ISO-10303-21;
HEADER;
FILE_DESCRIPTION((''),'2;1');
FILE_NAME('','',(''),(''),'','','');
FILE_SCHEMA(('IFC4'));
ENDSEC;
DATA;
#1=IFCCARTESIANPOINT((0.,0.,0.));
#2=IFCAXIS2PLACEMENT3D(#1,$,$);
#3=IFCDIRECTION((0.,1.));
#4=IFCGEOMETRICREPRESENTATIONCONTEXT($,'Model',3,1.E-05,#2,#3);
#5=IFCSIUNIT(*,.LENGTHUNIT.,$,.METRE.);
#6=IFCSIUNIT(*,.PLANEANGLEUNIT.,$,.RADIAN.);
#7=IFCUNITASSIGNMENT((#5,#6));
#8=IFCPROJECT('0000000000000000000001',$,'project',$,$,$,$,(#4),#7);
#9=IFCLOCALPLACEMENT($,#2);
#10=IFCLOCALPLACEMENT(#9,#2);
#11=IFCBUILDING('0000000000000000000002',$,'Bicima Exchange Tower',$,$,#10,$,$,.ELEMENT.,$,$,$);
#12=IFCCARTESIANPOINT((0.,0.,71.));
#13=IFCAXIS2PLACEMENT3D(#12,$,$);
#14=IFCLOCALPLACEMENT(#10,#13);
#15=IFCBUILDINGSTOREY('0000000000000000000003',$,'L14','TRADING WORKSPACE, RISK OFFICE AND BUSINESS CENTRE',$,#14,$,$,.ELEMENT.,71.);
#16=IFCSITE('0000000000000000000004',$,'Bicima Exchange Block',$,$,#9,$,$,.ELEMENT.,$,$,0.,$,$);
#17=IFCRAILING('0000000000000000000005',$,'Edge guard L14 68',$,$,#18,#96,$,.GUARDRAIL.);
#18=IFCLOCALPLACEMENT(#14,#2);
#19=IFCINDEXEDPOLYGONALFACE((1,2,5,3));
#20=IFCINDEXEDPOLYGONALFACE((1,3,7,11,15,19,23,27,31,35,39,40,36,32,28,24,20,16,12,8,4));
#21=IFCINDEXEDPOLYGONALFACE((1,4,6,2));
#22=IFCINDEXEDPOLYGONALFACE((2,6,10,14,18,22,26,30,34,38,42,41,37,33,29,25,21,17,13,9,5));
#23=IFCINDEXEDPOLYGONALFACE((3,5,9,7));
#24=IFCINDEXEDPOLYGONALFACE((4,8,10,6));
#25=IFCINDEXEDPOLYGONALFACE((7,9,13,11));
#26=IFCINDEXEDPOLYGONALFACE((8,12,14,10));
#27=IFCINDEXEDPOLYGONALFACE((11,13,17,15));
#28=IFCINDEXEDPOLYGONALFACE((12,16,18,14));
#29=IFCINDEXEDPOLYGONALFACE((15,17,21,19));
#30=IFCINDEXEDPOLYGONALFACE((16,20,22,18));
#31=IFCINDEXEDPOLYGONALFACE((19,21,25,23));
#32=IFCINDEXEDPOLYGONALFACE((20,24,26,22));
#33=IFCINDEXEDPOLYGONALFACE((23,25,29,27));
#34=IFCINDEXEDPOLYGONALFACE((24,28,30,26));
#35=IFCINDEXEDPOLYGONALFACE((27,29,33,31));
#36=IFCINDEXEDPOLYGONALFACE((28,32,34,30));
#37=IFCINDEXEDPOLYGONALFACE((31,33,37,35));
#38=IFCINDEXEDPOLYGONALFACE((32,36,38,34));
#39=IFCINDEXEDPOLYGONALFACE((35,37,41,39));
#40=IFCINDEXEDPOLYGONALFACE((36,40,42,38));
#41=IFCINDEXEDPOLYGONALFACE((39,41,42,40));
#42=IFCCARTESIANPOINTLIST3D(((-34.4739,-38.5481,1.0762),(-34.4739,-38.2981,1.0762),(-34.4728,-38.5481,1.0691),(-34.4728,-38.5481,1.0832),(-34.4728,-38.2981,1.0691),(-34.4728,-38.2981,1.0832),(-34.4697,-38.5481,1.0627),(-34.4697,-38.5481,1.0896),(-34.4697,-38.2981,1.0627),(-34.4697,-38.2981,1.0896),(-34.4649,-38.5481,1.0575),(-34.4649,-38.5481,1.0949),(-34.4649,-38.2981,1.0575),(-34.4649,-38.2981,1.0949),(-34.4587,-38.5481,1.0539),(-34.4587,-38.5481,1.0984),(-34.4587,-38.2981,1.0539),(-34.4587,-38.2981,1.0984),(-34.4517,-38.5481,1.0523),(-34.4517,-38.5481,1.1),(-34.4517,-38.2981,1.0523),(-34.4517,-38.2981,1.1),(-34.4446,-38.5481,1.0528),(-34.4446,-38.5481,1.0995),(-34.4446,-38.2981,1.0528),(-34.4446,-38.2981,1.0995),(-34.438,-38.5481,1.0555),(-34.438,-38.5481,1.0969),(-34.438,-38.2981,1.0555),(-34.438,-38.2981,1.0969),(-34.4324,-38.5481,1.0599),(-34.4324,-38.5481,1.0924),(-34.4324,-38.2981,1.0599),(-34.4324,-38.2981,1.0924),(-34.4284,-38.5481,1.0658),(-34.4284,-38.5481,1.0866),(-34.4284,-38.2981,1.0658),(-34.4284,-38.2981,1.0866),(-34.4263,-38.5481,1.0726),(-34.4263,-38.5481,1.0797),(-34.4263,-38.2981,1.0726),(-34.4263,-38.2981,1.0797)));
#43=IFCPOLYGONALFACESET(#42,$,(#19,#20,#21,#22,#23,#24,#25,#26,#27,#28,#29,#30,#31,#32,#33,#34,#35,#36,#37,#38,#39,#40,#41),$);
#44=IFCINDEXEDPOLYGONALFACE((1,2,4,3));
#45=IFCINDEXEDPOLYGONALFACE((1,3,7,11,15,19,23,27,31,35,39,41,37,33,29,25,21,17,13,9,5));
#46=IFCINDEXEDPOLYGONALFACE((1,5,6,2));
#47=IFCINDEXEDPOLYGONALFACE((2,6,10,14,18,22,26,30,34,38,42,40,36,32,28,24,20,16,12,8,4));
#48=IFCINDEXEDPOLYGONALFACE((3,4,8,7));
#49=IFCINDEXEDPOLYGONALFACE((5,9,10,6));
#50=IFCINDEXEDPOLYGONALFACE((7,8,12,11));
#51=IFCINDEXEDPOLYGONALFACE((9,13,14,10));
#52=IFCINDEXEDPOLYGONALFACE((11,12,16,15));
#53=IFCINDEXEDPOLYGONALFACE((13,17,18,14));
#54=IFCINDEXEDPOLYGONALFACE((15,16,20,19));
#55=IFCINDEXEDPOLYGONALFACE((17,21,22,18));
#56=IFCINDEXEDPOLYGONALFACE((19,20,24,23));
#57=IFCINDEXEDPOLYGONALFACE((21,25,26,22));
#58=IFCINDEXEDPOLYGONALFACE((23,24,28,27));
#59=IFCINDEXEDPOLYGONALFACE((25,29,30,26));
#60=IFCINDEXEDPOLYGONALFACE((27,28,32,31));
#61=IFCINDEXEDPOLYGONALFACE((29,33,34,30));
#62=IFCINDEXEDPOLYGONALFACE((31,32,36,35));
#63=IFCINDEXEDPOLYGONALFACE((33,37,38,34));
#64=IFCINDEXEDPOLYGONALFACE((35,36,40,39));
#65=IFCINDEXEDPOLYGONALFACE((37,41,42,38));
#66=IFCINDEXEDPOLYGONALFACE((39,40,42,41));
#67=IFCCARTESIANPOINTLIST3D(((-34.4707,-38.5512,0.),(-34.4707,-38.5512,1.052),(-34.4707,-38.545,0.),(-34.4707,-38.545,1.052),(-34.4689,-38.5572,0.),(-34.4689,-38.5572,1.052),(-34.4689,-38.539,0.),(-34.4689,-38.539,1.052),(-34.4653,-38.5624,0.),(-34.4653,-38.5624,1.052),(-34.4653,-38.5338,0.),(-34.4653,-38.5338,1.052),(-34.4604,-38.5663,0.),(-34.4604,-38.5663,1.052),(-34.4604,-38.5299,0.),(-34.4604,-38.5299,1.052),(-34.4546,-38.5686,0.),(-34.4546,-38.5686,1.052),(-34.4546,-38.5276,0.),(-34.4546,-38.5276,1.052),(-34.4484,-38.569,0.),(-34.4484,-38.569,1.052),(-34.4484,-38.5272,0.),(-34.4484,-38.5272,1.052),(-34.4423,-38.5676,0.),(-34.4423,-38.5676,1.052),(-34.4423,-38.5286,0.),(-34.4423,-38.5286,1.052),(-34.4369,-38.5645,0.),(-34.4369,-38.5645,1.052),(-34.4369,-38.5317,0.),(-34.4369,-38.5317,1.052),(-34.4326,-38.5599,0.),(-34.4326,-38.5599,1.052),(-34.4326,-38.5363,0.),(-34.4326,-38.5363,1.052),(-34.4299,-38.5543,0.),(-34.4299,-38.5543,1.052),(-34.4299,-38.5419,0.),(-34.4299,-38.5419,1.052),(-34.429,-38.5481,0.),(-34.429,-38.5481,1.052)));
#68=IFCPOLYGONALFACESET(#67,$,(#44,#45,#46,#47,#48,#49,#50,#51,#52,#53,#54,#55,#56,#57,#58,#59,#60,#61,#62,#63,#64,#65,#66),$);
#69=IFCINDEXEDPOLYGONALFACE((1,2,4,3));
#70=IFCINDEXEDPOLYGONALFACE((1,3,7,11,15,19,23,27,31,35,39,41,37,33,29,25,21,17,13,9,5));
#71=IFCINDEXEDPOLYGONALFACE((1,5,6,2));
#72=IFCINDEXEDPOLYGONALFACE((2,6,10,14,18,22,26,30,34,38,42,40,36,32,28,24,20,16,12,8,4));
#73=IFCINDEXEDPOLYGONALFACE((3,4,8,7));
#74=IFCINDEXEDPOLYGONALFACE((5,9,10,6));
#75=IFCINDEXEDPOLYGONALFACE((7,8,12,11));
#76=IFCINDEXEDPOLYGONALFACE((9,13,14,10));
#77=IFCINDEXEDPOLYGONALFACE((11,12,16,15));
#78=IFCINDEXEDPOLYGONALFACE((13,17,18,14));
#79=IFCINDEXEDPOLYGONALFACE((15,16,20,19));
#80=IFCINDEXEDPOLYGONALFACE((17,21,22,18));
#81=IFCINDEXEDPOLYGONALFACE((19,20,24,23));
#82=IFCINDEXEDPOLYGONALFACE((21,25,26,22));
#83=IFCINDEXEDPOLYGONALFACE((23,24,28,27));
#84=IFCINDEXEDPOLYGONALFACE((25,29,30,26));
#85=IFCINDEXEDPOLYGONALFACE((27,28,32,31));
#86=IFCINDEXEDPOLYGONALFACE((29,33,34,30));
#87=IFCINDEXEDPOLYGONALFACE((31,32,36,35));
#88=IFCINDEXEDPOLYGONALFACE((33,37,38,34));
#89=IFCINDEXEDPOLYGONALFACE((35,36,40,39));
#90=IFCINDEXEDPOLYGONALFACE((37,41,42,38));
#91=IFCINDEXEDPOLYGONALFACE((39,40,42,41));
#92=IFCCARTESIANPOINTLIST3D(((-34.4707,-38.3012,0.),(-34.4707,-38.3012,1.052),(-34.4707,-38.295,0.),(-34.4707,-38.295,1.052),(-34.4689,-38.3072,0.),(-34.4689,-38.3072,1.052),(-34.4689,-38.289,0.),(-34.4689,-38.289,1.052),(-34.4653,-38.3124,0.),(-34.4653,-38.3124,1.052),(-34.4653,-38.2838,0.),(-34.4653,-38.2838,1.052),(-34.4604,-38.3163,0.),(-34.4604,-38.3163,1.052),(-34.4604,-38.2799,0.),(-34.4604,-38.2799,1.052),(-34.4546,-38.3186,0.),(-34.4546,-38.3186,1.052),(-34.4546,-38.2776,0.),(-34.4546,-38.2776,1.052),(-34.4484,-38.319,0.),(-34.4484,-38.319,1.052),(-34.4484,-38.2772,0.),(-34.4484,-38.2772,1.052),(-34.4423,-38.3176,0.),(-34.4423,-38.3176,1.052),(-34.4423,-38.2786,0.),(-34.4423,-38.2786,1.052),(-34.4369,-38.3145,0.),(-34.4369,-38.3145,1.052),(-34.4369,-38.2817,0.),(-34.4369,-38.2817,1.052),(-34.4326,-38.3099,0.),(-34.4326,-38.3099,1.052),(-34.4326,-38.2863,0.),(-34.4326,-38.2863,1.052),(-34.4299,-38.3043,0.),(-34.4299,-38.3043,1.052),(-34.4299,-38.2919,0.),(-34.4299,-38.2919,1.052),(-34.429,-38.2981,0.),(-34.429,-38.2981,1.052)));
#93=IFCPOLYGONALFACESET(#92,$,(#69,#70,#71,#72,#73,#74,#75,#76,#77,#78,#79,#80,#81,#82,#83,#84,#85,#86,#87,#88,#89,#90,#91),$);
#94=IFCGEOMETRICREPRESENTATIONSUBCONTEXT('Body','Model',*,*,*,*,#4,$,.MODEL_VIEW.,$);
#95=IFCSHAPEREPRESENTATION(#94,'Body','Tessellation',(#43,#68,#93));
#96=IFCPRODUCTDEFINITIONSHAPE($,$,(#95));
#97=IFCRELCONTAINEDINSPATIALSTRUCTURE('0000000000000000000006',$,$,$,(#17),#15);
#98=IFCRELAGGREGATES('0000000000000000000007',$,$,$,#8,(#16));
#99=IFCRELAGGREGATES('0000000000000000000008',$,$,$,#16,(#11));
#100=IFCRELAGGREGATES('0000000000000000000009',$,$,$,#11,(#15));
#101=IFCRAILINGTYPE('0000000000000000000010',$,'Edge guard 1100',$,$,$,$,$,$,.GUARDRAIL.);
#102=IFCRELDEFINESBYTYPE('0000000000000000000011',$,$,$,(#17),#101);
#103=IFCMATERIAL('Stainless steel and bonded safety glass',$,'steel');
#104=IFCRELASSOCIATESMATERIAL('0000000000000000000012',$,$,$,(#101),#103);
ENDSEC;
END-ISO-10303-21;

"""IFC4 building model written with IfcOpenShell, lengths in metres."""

from ifc_helpers import new_model, si_unit, direction, frame, origin, origin_2d, place, context, subcontext, project, spatial, circle, extrude, material, type_object, element, save


model = new_model("IFC4")

# Units and contexts
model_context = context("Model", 3, precision=1e-05, world=origin(), true_north=direction((0.0, 1.0)))
body_context = subcontext(model_context, "Body", "Model", "MODEL_VIEW")
ifc_project = project(units=[si_unit("LENGTHUNIT", "METRE"), si_unit("PLANEANGLEUNIT", "RADIAN")], contexts=[model_context])

# Site, building, storey
site_placement = place(None, origin())
site = spatial("IfcSite", under=ifc_project, at=site_placement, Name="Bicima Exchange Block", CompositionType="ELEMENT", RefElevation=0.0)
building_placement = place(site_placement, origin())
building = spatial("IfcBuilding", under=site, at=building_placement, Name="Bicima Exchange Tower", CompositionType="ELEMENT")
storey_placement = place(building_placement, frame((0.0, 0.0, 71.0)))
storey = spatial("IfcBuildingStorey", under=building, at=storey_placement, Name="L14", Description="TRADING WORKSPACE, RISK OFFICE AND BUSINESS CENTRE", CompositionType="ELEMENT", Elevation=71.0)

# Railing
ifc_material_1 = material(Name="Stainless steel and bonded safety glass", Category="steel")
railing_type = type_object("IfcRailingType", Name="Edge guard 1100", PredefinedType="GUARDRAIL", material=ifc_material_1)
railing_1_placement = place(storey_placement, frame((-34.45, -38.5481, 0.0)))
element("IfcRailing", 1, at=railing_1_placement, inside=storey, type_object=railing_type, Name="Edge guard L14 68", PredefinedType="GUARDRAIL", context=body_context, shape_type="SweptSolid", body=[
    extrude(circle(Radius=0.0239, at=origin_2d()), frame((0.0, 0.0, 1.0762), z_axis=(0.0, 1.0, 0.0), x_axis=(-1.0, 0.0, 0.0)), (0.0, 0.0, 1.0), 0.25),
    extrude(circle(Radius=0.021, at=origin_2d()), origin(), (0.0, 0.0, 1.0), 1.052),
    extrude(circle(Radius=0.021, at=origin_2d()), frame((0.0, 0.25, 0.0)), (0.0, 0.0, 1.0), 1.052),
])

save(model, "model.ifc")
